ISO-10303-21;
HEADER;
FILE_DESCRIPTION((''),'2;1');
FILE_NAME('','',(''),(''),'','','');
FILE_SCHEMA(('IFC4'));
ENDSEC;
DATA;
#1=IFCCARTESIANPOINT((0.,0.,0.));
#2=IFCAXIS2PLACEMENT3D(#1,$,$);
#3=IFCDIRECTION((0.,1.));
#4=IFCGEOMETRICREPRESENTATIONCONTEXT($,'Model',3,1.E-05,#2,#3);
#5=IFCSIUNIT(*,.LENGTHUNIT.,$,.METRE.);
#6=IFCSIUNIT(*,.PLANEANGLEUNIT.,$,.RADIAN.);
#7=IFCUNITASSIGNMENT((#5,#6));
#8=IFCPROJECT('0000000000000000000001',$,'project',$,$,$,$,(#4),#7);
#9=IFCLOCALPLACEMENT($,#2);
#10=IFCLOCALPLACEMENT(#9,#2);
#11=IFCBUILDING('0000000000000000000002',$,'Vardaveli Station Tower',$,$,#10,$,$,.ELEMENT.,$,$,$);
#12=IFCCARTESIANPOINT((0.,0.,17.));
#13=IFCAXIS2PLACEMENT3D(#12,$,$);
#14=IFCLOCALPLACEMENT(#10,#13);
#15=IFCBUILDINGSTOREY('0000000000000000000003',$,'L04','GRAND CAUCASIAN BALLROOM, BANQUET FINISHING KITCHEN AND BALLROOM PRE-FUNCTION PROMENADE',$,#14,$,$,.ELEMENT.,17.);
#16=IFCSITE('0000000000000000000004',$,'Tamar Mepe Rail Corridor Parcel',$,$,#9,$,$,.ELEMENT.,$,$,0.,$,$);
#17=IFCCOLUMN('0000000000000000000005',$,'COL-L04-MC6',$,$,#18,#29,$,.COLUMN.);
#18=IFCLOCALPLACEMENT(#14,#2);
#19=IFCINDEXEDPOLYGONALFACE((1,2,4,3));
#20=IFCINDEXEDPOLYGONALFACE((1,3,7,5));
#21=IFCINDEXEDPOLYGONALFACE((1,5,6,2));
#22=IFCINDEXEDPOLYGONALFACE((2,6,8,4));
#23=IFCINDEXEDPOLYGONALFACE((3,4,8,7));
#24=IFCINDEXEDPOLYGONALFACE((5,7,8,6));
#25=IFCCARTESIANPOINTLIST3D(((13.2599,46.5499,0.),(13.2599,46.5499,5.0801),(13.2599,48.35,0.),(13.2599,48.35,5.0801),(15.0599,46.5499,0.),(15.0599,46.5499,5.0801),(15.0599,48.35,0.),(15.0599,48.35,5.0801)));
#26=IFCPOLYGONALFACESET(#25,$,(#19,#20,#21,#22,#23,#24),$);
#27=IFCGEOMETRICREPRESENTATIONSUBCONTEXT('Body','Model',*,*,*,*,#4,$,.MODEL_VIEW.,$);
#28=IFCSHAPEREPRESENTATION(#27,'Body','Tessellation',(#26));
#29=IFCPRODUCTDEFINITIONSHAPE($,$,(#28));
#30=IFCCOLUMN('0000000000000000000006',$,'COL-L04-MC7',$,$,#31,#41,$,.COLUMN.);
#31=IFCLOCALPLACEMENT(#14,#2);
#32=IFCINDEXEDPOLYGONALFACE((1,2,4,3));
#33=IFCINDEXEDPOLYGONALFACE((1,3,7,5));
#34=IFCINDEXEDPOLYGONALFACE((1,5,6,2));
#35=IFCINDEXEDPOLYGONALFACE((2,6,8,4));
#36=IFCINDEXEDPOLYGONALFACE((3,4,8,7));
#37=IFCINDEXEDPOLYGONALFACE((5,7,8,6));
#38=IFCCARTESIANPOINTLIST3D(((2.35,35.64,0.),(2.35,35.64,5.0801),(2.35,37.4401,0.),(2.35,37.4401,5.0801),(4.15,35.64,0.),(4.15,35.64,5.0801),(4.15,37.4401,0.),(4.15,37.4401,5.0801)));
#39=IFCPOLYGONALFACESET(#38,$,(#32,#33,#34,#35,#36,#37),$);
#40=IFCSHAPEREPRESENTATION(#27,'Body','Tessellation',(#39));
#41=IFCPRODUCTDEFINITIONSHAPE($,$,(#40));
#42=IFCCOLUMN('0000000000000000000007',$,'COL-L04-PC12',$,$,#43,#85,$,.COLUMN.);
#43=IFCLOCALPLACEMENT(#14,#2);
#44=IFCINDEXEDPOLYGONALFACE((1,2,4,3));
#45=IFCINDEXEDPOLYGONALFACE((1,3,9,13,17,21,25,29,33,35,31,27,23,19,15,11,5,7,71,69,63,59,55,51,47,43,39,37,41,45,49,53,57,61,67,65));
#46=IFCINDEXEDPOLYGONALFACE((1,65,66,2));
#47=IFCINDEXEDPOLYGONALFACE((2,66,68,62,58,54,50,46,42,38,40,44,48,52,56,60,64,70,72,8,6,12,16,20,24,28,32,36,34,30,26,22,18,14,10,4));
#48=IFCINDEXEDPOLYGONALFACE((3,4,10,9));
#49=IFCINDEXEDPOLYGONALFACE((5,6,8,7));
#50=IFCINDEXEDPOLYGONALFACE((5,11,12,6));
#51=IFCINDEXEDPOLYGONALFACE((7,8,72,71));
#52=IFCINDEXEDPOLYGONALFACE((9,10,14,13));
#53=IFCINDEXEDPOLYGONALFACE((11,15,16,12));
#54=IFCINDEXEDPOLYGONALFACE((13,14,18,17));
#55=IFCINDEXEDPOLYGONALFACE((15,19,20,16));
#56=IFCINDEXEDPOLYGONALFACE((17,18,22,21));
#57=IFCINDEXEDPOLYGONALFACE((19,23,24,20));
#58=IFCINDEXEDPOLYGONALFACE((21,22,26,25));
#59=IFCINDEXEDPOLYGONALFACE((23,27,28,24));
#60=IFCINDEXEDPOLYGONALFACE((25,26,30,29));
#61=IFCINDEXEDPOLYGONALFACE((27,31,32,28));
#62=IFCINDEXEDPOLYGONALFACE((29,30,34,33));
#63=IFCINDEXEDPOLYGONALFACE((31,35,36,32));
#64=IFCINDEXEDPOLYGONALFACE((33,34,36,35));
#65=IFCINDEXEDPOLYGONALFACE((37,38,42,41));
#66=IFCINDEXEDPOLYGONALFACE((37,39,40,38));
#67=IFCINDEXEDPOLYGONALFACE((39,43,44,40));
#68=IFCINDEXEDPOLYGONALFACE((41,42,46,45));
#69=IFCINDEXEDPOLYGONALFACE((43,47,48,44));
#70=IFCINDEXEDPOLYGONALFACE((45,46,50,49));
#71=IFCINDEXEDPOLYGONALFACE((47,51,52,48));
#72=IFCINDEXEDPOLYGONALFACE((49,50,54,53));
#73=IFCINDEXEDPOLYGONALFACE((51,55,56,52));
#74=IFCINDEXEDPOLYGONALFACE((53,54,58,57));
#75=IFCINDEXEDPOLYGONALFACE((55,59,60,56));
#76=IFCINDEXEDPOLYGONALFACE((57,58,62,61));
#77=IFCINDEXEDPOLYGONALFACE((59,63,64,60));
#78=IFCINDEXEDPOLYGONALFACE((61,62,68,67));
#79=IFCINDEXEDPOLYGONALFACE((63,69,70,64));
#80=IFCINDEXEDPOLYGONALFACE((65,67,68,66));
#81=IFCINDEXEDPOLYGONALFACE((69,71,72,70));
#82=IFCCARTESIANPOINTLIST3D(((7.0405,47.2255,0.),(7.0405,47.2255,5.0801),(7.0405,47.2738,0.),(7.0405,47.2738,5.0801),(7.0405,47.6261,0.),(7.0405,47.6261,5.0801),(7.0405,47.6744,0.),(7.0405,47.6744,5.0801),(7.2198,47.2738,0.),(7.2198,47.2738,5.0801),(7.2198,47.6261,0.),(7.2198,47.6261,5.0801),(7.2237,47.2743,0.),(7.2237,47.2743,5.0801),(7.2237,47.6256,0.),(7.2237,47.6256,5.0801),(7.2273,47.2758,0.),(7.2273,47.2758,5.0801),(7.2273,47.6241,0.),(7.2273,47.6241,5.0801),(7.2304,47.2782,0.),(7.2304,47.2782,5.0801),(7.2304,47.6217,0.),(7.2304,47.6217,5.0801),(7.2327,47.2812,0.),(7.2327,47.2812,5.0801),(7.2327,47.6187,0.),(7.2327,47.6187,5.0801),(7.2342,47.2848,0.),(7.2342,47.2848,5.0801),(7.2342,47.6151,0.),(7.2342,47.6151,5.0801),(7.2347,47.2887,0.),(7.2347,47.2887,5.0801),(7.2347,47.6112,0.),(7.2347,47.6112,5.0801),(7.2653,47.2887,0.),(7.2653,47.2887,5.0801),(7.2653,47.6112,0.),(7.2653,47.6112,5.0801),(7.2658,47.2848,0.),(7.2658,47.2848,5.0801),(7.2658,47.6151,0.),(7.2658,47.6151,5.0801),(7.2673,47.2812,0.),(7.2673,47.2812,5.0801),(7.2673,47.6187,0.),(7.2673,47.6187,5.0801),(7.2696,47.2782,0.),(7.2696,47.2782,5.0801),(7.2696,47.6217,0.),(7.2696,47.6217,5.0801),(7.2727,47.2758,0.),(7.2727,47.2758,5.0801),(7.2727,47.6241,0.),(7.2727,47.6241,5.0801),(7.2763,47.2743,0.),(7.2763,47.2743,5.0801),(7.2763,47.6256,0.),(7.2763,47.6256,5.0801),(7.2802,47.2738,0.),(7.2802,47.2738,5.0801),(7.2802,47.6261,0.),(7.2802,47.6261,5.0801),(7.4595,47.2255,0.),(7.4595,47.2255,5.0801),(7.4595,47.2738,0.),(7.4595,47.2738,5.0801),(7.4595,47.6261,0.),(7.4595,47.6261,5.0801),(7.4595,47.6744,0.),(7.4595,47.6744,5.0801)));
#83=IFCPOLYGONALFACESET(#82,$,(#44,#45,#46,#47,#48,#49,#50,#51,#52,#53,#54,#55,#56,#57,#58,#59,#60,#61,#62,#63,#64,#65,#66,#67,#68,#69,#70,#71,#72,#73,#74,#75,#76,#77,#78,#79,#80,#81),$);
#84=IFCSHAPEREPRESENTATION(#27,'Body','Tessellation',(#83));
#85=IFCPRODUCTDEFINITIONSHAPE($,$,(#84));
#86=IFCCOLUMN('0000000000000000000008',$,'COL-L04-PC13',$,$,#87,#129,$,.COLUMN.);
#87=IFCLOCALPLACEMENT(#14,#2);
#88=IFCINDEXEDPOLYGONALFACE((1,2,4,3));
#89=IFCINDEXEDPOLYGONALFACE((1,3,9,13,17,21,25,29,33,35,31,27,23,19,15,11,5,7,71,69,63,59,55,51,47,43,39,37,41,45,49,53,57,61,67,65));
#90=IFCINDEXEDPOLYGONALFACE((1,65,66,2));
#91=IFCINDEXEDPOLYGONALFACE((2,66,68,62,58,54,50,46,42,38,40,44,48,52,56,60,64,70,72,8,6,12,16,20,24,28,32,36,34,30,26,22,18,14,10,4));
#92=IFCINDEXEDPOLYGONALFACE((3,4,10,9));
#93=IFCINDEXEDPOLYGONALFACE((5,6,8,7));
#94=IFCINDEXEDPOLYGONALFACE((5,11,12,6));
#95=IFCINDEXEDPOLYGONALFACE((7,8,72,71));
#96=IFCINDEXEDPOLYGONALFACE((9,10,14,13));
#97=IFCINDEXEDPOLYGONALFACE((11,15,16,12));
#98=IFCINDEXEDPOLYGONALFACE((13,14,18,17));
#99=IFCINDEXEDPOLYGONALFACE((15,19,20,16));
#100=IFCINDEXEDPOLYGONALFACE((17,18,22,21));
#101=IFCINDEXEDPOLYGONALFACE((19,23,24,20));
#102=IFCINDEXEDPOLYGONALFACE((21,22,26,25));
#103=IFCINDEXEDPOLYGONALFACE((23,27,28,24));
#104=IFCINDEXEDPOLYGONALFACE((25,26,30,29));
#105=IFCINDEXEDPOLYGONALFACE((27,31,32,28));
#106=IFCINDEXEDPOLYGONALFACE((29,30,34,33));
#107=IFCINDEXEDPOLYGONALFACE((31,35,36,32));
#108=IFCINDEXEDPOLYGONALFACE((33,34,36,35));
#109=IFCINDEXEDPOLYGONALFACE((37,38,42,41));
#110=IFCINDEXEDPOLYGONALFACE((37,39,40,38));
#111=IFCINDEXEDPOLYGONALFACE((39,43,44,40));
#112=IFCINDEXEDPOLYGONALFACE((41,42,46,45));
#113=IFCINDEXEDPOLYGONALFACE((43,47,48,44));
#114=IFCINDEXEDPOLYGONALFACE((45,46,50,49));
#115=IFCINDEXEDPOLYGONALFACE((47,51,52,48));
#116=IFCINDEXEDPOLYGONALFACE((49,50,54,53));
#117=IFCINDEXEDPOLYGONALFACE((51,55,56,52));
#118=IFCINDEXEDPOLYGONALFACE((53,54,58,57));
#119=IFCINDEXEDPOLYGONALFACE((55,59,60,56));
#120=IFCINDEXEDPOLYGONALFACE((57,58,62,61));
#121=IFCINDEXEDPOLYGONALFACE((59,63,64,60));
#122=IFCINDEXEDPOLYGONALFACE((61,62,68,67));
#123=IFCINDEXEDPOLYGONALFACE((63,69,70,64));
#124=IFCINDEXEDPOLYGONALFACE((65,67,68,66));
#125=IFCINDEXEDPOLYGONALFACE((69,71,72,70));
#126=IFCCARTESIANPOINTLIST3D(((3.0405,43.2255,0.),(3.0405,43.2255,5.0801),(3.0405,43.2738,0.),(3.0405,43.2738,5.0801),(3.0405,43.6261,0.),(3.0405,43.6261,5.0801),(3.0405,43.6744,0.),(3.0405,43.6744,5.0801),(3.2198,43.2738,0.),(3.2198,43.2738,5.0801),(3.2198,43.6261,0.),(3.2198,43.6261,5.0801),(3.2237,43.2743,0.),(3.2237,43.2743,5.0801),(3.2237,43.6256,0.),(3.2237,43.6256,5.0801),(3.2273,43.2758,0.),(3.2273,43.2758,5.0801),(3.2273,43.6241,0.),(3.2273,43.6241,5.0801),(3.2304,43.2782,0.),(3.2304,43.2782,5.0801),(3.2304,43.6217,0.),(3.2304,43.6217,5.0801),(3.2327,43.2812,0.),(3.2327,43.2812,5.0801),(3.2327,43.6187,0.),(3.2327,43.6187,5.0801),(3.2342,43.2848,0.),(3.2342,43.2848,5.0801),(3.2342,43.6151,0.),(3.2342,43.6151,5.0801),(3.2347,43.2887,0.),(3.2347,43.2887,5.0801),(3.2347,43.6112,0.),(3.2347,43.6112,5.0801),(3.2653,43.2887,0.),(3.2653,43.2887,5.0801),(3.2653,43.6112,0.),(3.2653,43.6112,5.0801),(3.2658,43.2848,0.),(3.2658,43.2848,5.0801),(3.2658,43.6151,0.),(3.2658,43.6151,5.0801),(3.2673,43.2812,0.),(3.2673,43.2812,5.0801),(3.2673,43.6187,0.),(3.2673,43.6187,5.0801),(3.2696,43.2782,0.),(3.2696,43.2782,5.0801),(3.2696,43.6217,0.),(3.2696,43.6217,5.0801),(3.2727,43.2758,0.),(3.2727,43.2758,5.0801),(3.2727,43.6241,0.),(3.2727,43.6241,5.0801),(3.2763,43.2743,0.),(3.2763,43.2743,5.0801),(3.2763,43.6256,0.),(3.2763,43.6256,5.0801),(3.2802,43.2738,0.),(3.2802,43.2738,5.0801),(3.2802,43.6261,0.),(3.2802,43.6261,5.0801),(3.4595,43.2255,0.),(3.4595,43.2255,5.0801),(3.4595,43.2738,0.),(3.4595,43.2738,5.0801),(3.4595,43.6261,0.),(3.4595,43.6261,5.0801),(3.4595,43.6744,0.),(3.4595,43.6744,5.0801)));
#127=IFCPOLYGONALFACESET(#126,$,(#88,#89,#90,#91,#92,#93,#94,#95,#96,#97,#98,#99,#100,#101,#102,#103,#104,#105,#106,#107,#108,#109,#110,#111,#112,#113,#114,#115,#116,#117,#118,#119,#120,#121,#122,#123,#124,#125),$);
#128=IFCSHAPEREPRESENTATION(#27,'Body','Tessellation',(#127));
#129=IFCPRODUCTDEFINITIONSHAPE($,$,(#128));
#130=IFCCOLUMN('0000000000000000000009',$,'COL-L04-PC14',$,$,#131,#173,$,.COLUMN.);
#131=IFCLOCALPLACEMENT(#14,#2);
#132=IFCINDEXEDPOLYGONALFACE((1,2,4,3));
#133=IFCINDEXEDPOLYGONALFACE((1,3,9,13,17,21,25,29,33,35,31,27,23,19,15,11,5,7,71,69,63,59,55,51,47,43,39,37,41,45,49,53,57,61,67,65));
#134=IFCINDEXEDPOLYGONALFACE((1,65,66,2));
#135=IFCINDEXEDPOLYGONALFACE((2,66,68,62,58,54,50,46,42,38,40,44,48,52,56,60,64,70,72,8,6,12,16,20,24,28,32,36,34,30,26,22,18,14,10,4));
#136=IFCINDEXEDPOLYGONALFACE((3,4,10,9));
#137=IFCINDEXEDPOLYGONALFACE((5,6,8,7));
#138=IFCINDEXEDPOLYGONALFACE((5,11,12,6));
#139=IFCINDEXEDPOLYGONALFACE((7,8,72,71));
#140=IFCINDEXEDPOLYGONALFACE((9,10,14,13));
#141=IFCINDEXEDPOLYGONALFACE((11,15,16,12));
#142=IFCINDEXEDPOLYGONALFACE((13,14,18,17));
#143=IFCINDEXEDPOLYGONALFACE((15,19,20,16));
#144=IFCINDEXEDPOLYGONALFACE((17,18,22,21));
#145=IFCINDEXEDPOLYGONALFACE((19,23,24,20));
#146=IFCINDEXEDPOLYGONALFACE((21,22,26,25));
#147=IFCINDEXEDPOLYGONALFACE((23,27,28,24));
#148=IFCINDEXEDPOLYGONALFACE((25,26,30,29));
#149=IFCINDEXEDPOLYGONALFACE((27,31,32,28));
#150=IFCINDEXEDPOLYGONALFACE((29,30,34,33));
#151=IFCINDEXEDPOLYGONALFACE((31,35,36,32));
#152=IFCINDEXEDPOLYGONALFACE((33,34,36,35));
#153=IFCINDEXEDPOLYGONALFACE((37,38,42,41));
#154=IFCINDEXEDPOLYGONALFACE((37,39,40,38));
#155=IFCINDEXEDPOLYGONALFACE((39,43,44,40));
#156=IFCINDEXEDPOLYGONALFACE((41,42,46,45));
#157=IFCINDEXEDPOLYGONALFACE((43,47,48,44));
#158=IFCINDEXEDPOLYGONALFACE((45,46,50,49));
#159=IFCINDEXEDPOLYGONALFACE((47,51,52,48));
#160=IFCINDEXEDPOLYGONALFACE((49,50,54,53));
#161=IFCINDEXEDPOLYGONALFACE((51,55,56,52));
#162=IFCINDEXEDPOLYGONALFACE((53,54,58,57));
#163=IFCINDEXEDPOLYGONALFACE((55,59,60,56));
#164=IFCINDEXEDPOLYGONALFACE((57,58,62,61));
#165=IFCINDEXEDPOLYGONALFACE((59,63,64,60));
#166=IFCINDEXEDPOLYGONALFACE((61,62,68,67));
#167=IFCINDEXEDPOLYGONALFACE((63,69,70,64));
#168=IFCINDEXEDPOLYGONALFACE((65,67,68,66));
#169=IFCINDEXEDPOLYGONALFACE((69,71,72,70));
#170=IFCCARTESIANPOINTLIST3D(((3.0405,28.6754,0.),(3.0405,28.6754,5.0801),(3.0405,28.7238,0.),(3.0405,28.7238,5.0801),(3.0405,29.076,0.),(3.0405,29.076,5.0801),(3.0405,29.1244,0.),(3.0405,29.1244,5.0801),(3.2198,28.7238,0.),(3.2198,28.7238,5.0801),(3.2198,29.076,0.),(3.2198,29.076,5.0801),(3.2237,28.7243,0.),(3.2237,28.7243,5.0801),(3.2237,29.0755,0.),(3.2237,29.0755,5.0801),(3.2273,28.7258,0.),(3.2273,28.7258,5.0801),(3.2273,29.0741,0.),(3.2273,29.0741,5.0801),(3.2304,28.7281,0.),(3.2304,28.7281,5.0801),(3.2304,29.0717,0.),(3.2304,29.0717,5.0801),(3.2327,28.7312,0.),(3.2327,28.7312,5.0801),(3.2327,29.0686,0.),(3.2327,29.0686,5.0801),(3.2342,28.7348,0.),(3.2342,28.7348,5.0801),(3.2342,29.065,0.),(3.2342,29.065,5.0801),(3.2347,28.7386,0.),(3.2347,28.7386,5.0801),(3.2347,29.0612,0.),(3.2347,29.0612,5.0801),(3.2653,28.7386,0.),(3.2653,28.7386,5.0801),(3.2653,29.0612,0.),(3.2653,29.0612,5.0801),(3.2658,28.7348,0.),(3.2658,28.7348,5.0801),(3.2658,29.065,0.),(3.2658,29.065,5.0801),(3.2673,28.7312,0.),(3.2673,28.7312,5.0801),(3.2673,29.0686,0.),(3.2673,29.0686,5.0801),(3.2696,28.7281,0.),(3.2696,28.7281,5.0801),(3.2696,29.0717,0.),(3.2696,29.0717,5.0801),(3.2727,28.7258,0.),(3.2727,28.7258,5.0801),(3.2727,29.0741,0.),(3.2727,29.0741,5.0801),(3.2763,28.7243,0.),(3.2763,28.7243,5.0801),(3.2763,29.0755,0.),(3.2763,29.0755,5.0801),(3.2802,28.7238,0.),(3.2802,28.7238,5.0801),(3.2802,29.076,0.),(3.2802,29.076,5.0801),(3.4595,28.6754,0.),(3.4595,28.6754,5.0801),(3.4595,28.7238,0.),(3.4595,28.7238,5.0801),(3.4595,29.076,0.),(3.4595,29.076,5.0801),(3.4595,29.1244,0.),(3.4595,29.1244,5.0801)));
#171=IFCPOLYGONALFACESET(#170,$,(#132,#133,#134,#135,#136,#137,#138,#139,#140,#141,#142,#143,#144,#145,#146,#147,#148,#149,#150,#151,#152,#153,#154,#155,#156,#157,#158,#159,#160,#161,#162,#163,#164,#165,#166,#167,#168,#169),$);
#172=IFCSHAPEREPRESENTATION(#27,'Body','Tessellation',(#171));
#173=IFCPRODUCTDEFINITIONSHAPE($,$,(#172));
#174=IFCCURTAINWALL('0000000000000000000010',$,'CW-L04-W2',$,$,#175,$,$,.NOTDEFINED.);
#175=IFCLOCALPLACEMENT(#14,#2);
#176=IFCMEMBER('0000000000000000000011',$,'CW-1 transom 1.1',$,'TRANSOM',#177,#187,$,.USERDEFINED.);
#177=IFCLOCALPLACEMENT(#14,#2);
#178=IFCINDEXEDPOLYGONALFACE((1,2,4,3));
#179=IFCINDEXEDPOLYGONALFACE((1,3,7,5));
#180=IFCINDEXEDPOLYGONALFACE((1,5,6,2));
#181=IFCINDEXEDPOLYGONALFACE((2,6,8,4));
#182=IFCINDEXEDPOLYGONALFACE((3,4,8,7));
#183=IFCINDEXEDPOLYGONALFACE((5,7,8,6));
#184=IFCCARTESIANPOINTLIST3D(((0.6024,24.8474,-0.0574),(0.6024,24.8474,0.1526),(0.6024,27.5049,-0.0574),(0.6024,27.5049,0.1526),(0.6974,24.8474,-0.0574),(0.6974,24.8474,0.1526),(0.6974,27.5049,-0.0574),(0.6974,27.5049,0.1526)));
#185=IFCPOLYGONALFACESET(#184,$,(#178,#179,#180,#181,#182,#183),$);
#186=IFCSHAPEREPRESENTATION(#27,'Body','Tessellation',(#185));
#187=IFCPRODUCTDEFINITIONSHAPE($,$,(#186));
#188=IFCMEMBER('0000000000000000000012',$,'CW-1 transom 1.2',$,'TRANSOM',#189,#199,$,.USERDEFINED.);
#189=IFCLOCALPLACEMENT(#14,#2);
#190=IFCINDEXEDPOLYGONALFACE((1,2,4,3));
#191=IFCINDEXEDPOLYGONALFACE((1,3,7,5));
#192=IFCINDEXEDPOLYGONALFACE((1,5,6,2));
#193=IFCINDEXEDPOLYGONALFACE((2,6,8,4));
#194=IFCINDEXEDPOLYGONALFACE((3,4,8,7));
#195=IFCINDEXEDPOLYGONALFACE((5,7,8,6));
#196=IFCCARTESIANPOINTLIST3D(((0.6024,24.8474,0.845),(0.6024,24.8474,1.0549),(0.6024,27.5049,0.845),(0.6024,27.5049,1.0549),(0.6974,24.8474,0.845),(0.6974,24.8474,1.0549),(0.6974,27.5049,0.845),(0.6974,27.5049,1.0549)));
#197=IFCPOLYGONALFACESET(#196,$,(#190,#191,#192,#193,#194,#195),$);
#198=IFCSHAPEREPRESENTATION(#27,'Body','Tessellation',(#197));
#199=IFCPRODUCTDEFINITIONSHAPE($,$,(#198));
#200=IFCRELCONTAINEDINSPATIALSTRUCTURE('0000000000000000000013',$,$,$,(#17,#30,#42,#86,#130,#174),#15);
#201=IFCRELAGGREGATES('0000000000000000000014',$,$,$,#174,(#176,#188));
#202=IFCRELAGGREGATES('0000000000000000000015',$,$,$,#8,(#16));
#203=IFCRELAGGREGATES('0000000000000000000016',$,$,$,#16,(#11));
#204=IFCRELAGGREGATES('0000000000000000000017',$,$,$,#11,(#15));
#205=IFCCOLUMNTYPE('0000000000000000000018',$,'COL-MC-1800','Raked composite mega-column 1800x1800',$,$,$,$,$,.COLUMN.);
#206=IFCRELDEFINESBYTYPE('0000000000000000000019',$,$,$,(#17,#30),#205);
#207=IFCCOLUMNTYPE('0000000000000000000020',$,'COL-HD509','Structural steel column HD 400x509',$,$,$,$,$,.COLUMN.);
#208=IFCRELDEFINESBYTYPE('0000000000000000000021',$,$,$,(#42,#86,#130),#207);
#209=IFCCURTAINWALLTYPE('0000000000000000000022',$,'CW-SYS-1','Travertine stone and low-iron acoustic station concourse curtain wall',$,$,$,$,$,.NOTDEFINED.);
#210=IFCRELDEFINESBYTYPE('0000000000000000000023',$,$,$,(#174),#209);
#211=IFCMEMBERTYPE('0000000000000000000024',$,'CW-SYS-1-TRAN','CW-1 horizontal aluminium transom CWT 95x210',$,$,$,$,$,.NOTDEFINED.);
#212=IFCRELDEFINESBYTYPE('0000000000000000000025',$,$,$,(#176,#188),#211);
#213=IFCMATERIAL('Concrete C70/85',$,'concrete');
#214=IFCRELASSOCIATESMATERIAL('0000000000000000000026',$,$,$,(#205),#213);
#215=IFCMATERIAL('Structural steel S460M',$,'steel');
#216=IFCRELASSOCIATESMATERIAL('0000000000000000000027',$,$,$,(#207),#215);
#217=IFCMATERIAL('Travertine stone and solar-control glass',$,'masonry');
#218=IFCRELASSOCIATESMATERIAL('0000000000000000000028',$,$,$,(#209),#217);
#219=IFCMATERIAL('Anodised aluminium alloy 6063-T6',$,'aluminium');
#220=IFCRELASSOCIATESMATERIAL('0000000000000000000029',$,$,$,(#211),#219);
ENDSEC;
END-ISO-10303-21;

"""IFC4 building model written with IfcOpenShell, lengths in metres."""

from ifc_helpers import new_model, si_unit, direction, frame, origin, origin_2d, place, context, subcontext, project, spatial, rectangle, i_section, extrude, source, transform, mapped, material, material_profile, profile_set, type_object, element, aggregate, save


model = new_model("IFC4")

# Units and contexts
model_context = context("Model", 3, precision=1e-05, world=origin(), true_north=direction((0.0, 1.0)))
body_context = subcontext(model_context, "Body", "Model", "MODEL_VIEW")
ifc_project = project(units=[si_unit("LENGTHUNIT", "METRE"), si_unit("PLANEANGLEUNIT", "RADIAN")], contexts=[model_context])

# Site, building, storey
site_placement = place(None, origin())
site = spatial("IfcSite", under=ifc_project, at=site_placement, Name="Tamar Mepe Rail Corridor Parcel", CompositionType="ELEMENT", RefElevation=0.0)
building_placement = place(site_placement, origin())
building = spatial("IfcBuilding", under=site, at=building_placement, Name="Vardaveli Station Tower", CompositionType="ELEMENT")
storey_placement = place(building_placement, frame((0.0, 0.0, 17.0)))
storey = spatial("IfcBuildingStorey", under=building, at=storey_placement, Name="L04", Description="GRAND CAUCASIAN BALLROOM, BANQUET FINISHING KITCHEN AND BALLROOM PRE-FUNCTION PROMENADE", CompositionType="ELEMENT", Elevation=17.0)

# Columns
ifc_material_1 = material(Name="Concrete C70/85", Category="concrete")
ifc_material_profile_1 = material_profile(ifc_material_1, rectangle(XDim=1.8, YDim=1.8, at=origin_2d()), Name="MC 1800x1800")
ifc_profile_set_1 = profile_set([ifc_material_profile_1], Name="Concrete C70/85")
column_type_1 = type_object("IfcColumnType", Name="COL-MC-1800", Description="Raked composite mega-column 1800x1800", PredefinedType="COLUMN", material=ifc_profile_set_1)
shared_shape_1 = source(origin(), body_context, "Body", "SweptSolid", [
    extrude(rectangle(XDim=1.8, YDim=1.8, at=origin_2d()), origin(), (0.0, 0.0, 1.0), 5.0801),
])
for number, where, z_axis, x_axis, name in (
    (1, (14.1599, 47.45, 0.0), (0.0, 0.0, 1.0), (1.0, 0.0, 0.0), "COL-L04-MC6"),
    (2, (3.25, 36.54, 0.0), (0.0, 0.0, 1.0), (1.0, 0.0, 0.0), "COL-L04-MC7"),
):
    element("IfcColumn", number, at=place(storey_placement, frame(where, z_axis=z_axis, x_axis=x_axis)), inside=storey, type_object=column_type_1, Name=name, PredefinedType="COLUMN", context=body_context, shape_type="MappedRepresentation", body=[
        mapped(shared_shape_1, transform((0.0, 0.0, 0.0), scale=1.0)),
    ])
ifc_material_2 = material(Name="Structural steel S460M", Category="steel")
ifc_material_profile_2 = material_profile(ifc_material_2, i_section(OverallWidth=0.4189, OverallDepth=0.449, WebThickness=0.0305, FlangeThickness=0.0483, FilletRadius=0.0149, at=origin_2d()), Name="HD 400x509")
ifc_profile_set_2 = profile_set([ifc_material_profile_2], Name="Structural steel S460M")
column_type_2 = type_object("IfcColumnType", Name="COL-HD509", Description="Structural steel column HD 400x509", PredefinedType="COLUMN", material=ifc_profile_set_2)
shared_shape_2 = source(origin(), body_context, "Body", "SweptSolid", [
    extrude(i_section(OverallWidth=0.4189, OverallDepth=0.449, WebThickness=0.0305, FlangeThickness=0.0483, FilletRadius=0.0149, at=origin_2d()), origin(), (0.0, 0.0, 1.0), 5.0801),
])
for number, where, z_axis, x_axis, name in (
    (3, (7.25, 47.45, 0.0), (0.0, 0.0, 1.0), (1.0, 0.0, 0.0), "COL-L04-PC12"),
    (4, (3.25, 43.45, 0.0), (0.0, 0.0, 1.0), (1.0, 0.0, 0.0), "COL-L04-PC13"),
    (5, (3.25, 28.8999, 0.0), (0.0, 0.0, 1.0), (1.0, 0.0, 0.0), "COL-L04-PC14"),
):
    element("IfcColumn", number, at=place(storey_placement, frame(where, z_axis=z_axis, x_axis=x_axis)), inside=storey, type_object=column_type_2, Name=name, PredefinedType="COLUMN", context=body_context, shape_type="MappedRepresentation", body=[
        mapped(shared_shape_2, transform((0.0, 0.0, 0.0), scale=1.0)),
    ])

# Curtain wall, members
ifc_material_3 = material(Name="Travertine stone and solar-control glass", Category="masonry")
curtain_wall_type = type_object("IfcCurtainWallType", Name="CW-SYS-1", Description="Travertine stone and low-iron acoustic station concourse curtain wall", PredefinedType="NOTDEFINED", material=ifc_material_3)
curtain_wall_placement = place(storey_placement, origin())
curtain_wall = element("IfcCurtainWall", 6, at=curtain_wall_placement, inside=storey, type_object=curtain_wall_type, Name="CW-L04-W2", PredefinedType="NOTDEFINED")
ifc_material_4 = material(Name="Anodised aluminium alloy 6063-T6", Category="aluminium")
ifc_material_profile_3 = material_profile(ifc_material_4, rectangle(XDim=0.095, YDim=0.21, at=origin_2d()), Name="CWT 95x210")
ifc_profile_set_3 = profile_set([ifc_material_profile_3], Name="Anodised aluminium alloy 6063-T6")
member_type_1 = type_object("IfcMemberType", Name="CW-SYS-1-TRAN", Description="CW-1 horizontal aluminium transom CWT 95x210", PredefinedType="NOTDEFINED", material=ifc_profile_set_3)
shared_shape_3 = source(origin(), body_context, "Body", "SweptSolid", [
    extrude(rectangle(XDim=0.095, YDim=0.21, at=origin_2d()), origin(), (0.0, 0.0, 1.0), 2.6575),
])
member_1_placement = place(storey_placement, frame((0.6499, 27.5049, 0.0476), z_axis=(0.0, -1.0, 0.0), x_axis=(1.0, 0.0, 0.0)))
member_1 = element("IfcMember", 7, at=member_1_placement, type_object=member_type_1, Name="CW-1 transom 1.1", ObjectType="TRANSOM", PredefinedType="USERDEFINED", context=body_context, shape_type="MappedRepresentation", body=[
    mapped(shared_shape_3, transform((0.0, 0.0, 0.0), scale=1.0)),
])
member_2_placement = place(storey_placement, frame((0.6499, 27.5049, 0.95), z_axis=(0.0, -1.0, 0.0), x_axis=(1.0, 0.0, 0.0)))
member_2 = element("IfcMember", 8, at=member_2_placement, type_object=member_type_1, Name="CW-1 transom 1.2", ObjectType="TRANSOM", PredefinedType="USERDEFINED", context=body_context, shape_type="MappedRepresentation", body=[
    mapped(shared_shape_3, transform((0.0, 0.0, 0.0), scale=1.0)),
])
aggregate(curtain_wall, [member_1, member_2])

save(model, "model.ifc")
